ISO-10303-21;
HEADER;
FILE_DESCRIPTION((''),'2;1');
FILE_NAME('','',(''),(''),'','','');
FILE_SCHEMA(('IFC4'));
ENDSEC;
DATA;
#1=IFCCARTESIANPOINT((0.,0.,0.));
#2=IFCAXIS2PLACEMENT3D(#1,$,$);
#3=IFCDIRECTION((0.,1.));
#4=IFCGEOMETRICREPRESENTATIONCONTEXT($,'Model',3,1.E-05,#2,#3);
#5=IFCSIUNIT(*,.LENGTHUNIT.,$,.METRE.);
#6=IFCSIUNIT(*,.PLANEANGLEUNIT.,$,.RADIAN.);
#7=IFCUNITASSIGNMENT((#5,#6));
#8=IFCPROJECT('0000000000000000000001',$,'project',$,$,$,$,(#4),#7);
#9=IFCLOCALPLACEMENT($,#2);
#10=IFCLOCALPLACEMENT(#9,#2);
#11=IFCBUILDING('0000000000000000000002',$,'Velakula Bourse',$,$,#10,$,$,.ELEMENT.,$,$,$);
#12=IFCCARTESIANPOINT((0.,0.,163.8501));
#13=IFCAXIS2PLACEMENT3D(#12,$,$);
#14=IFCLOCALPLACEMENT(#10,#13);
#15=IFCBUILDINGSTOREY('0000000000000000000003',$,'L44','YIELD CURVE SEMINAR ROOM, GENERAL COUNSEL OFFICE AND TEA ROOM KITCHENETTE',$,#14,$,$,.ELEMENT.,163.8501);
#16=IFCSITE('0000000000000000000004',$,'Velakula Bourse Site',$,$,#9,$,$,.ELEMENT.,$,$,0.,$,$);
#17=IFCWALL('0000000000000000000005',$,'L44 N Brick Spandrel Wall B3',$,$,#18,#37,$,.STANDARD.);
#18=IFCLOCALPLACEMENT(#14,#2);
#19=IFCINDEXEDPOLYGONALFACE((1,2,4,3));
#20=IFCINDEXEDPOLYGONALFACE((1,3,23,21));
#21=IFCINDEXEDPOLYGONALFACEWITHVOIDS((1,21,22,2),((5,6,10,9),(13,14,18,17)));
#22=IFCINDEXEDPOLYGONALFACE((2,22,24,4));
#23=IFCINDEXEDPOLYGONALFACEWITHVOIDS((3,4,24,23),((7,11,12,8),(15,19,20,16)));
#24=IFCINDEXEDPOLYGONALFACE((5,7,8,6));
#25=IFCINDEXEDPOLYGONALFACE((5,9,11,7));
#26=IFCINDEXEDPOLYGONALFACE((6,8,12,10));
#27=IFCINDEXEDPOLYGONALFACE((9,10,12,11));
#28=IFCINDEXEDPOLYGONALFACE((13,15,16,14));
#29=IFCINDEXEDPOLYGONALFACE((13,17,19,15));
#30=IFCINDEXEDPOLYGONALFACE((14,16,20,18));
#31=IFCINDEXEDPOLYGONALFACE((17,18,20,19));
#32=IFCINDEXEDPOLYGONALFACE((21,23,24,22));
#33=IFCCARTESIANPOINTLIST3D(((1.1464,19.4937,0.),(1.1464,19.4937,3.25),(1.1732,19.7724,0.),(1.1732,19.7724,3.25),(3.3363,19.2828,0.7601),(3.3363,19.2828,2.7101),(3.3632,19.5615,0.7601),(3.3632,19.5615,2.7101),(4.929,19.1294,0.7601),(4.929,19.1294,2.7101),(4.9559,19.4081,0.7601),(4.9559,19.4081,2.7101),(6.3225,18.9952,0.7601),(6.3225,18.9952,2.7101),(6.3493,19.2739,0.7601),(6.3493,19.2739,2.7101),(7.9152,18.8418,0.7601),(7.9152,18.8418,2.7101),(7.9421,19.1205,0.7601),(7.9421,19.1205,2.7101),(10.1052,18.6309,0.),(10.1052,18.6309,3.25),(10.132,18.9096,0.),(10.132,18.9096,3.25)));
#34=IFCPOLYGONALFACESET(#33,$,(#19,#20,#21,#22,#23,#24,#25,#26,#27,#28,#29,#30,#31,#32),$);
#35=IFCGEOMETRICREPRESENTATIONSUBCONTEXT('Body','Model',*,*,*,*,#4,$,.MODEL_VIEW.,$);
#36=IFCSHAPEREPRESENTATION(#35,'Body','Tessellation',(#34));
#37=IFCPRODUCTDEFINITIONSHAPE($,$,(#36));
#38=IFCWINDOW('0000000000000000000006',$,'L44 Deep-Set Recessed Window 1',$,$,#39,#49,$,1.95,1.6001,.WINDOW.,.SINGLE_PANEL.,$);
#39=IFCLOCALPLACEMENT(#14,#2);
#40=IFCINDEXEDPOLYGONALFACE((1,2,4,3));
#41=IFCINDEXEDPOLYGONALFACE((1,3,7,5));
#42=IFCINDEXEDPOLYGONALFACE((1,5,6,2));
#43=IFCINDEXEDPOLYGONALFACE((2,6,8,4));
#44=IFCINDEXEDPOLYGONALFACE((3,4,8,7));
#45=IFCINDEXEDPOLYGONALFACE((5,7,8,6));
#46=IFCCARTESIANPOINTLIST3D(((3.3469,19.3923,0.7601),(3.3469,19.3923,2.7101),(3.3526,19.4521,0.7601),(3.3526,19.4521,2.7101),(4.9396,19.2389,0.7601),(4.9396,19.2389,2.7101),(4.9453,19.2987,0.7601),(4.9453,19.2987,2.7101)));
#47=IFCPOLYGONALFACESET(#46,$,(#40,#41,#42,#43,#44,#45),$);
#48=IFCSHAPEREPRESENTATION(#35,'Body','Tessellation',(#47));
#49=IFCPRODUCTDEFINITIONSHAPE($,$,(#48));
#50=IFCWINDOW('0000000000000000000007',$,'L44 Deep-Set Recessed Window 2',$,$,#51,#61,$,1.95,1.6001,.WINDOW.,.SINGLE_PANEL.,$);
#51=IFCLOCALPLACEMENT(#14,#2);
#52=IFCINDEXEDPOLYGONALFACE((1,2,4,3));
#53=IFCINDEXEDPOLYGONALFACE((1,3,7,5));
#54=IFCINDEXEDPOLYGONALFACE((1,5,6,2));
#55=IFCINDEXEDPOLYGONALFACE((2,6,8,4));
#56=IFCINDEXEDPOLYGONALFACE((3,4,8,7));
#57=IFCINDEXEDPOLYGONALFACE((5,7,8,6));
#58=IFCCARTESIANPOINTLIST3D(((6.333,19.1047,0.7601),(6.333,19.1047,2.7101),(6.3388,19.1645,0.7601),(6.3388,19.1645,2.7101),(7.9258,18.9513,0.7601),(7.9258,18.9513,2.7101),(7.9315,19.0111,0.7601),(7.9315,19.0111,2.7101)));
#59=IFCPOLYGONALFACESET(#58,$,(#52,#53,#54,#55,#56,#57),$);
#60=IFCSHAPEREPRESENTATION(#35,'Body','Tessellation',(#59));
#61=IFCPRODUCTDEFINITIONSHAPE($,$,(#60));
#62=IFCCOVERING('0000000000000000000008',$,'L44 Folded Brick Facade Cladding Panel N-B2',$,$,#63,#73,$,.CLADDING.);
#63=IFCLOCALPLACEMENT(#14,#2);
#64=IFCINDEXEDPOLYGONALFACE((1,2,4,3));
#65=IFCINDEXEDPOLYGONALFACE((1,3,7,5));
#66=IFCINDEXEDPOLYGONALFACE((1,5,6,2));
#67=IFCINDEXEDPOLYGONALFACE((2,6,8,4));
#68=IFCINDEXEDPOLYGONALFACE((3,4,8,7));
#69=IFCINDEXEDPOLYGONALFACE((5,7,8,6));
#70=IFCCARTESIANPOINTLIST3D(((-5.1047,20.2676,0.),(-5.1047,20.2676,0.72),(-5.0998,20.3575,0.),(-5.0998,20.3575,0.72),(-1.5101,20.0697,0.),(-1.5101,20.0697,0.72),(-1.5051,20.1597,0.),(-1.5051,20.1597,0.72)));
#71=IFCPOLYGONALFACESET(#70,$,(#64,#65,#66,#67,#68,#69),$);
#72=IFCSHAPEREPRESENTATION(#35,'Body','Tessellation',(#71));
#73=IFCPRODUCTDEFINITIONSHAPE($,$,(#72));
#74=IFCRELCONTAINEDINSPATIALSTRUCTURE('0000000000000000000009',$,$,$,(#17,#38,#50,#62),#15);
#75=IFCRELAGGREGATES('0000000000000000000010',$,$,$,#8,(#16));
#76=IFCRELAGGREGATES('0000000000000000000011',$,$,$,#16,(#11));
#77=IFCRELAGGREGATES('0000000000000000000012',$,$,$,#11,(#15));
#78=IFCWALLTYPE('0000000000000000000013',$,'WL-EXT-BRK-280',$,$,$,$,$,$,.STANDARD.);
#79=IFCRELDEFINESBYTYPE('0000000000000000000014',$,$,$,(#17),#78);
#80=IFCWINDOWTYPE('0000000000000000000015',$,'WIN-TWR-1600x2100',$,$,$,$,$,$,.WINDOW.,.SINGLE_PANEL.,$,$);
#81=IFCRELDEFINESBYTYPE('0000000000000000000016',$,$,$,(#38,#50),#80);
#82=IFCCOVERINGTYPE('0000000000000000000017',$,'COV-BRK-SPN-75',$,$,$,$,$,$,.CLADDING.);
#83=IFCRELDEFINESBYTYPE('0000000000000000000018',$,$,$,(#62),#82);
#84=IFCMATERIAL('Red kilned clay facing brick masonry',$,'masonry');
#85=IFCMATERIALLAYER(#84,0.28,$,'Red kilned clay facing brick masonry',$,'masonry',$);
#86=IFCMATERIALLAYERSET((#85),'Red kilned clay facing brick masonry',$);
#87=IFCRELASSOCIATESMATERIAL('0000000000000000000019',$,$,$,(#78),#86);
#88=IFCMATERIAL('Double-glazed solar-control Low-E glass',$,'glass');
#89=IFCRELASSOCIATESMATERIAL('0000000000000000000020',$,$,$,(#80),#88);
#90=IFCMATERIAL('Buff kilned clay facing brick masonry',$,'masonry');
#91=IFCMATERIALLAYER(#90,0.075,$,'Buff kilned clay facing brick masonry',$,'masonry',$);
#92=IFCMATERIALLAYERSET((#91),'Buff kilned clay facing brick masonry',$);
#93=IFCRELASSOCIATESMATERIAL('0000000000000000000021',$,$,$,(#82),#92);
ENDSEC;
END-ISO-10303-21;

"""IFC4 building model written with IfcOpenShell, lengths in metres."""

from ifc_helpers import new_model, si_unit, direction, frame, frame_2d, origin, origin_2d, place, context, subcontext, project, spatial, rectangle, extrude, material, layer, layer_set, type_object, element, fill, save


model = new_model("IFC4")

# Units and contexts
model_context = context("Model", 3, precision=1e-05, world=origin(), true_north=direction((0.0, 1.0)))
body_context = subcontext(model_context, "Body", "Model", "MODEL_VIEW")
ifc_project = project(units=[si_unit("LENGTHUNIT", "METRE"), si_unit("PLANEANGLEUNIT", "RADIAN")], contexts=[model_context])

# Site, building, storey
site_placement = place(None, origin())
site = spatial("IfcSite", under=ifc_project, at=site_placement, Name="Velakula Bourse Site", CompositionType="ELEMENT", RefElevation=0.0)
building_placement = place(site_placement, origin())
building = spatial("IfcBuilding", under=site, at=building_placement, Name="Velakula Bourse", CompositionType="ELEMENT")
storey_placement = place(building_placement, frame((0.0, 0.0, 163.8501)))
storey = spatial("IfcBuildingStorey", under=building, at=storey_placement, Name="L44", Description="YIELD CURVE SEMINAR ROOM, GENERAL COUNSEL OFFICE AND TEA ROOM KITCHENETTE", CompositionType="ELEMENT", Elevation=163.8501)

# Wall, openings, windows
ifc_material_1 = material(Name="Red kilned clay facing brick masonry", Category="masonry")
ifc_layer_1 = layer(ifc_material_1, 0.28, Name="Red kilned clay facing brick masonry", Category="masonry")
ifc_layer_set_1 = layer_set([ifc_layer_1], Name="Red kilned clay facing brick masonry")
wall_type_1 = type_object("IfcWallType", Name="WL-EXT-BRK-280", PredefinedType="STANDARD", material=ifc_layer_set_1)
wall_1_placement = place(storey_placement, frame((1.1599, 19.6331, 0.0), z_axis=(0.0, 0.0, 1.0), x_axis=(0.995394, -0.095864, 0.0)))
wall_1 = element("IfcWall", 1, at=wall_1_placement, inside=storey, type_object=wall_type_1, Name="L44 N Brick Spandrel Wall B3", PredefinedType="STANDARD", context=body_context, shape_type="SweptSolid", body=[
    extrude(rectangle(XDim=9.0002, YDim=0.28, at=frame_2d((4.5, 0.0))), origin(), (0.0, 0.0, 1.0), 3.25),
])
opening_1_placement = place(wall_1_placement, frame((2.2, 0.0, 0.76)))
opening_1 = element("IfcOpeningElement", 2, at=opening_1_placement, cuts=wall_1, PredefinedType="OPENING", context=body_context, shape_type="SweptSolid", body=[
    extrude(rectangle(XDim=1.6001, YDim=1.95, at=frame_2d((0.8, 0.9751))), frame((0.0, 0.1499, 0.0), z_axis=(0.0, -1.0, 0.0), x_axis=(1.0, 0.0, 0.0)), (0.0, 0.0, 1.0), 0.3),
])
opening_2_placement = place(wall_1_placement, frame((5.2, 0.0, 0.76)))
opening_2 = element("IfcOpeningElement", 3, at=opening_2_placement, cuts=wall_1, PredefinedType="OPENING", context=body_context, shape_type="SweptSolid", body=[
    extrude(rectangle(XDim=1.6001, YDim=1.95, at=frame_2d((0.8, 0.9751))), frame((0.0, 0.1499, 0.0), z_axis=(0.0, -1.0, 0.0), x_axis=(1.0, 0.0, 0.0)), (0.0, 0.0, 1.0), 0.3),
])
ifc_material_2 = material(Name="Double-glazed solar-control Low-E glass", Category="glass")
window_type = type_object("IfcWindowType", Name="WIN-TWR-1600x2100", PartitioningType="SINGLE_PANEL", PredefinedType="WINDOW", material=ifc_material_2)
window_1_placement = place(opening_1_placement, origin())
window_1 = element("IfcWindow", 4, at=window_1_placement, inside=storey, type_object=window_type, Name="L44 Deep-Set Recessed Window 1", OverallHeight=1.95, OverallWidth=1.6001, PartitioningType="SINGLE_PANEL", PredefinedType="WINDOW", context=body_context, shape_type="SweptSolid", body=[
    extrude(rectangle(XDim=1.6001, YDim=1.95, at=frame_2d((0.8, 0.9751))), frame((0.0, 0.03, 0.0), z_axis=(0.0, -1.0, 0.0), x_axis=(1.0, 0.0, 0.0)), (0.0, 0.0, 1.0), 0.0601),
])
fill(opening_1, window_1)
window_2_placement = place(opening_2_placement, origin())
window_2 = element("IfcWindow", 5, at=window_2_placement, inside=storey, type_object=window_type, Name="L44 Deep-Set Recessed Window 2", OverallHeight=1.95, OverallWidth=1.6001, PartitioningType="SINGLE_PANEL", PredefinedType="WINDOW", context=body_context, shape_type="SweptSolid", body=[
    extrude(rectangle(XDim=1.6001, YDim=1.95, at=frame_2d((0.8, 0.9751))), frame((0.0, 0.03, 0.0), z_axis=(0.0, -1.0, 0.0), x_axis=(1.0, 0.0, 0.0)), (0.0, 0.0, 1.0), 0.0601),
])
fill(opening_2, window_2)

# Covering
ifc_material_3 = material(Name="Buff kilned clay facing brick masonry", Category="masonry")
ifc_layer_2 = layer(ifc_material_3, 0.075, Name="Buff kilned clay facing brick masonry", Category="masonry")
ifc_layer_set_2 = layer_set([ifc_layer_2], Name="Buff kilned clay facing brick masonry")
covering_type = type_object("IfcCoveringType", Name="COV-BRK-SPN-75", PredefinedType="CLADDING", material=ifc_layer_set_2)
covering_placement = place(storey_placement, frame((-3.3049, 20.2136, 0.0), z_axis=(0.0, 0.0, 1.0), x_axis=(0.998489, -0.05495, 0.0)))
element("IfcCovering", 6, at=covering_placement, inside=storey, type_object=covering_type, Name="L44 Folded Brick Facade Cladding Panel N-B2", PredefinedType="CLADDING", context=body_context, shape_type="SweptSolid", body=[
    extrude(rectangle(XDim=3.6001, YDim=0.0901, at=origin_2d()), origin(), (0.0, 0.0, 1.0), 0.72),
])

save(model, "model.ifc")
